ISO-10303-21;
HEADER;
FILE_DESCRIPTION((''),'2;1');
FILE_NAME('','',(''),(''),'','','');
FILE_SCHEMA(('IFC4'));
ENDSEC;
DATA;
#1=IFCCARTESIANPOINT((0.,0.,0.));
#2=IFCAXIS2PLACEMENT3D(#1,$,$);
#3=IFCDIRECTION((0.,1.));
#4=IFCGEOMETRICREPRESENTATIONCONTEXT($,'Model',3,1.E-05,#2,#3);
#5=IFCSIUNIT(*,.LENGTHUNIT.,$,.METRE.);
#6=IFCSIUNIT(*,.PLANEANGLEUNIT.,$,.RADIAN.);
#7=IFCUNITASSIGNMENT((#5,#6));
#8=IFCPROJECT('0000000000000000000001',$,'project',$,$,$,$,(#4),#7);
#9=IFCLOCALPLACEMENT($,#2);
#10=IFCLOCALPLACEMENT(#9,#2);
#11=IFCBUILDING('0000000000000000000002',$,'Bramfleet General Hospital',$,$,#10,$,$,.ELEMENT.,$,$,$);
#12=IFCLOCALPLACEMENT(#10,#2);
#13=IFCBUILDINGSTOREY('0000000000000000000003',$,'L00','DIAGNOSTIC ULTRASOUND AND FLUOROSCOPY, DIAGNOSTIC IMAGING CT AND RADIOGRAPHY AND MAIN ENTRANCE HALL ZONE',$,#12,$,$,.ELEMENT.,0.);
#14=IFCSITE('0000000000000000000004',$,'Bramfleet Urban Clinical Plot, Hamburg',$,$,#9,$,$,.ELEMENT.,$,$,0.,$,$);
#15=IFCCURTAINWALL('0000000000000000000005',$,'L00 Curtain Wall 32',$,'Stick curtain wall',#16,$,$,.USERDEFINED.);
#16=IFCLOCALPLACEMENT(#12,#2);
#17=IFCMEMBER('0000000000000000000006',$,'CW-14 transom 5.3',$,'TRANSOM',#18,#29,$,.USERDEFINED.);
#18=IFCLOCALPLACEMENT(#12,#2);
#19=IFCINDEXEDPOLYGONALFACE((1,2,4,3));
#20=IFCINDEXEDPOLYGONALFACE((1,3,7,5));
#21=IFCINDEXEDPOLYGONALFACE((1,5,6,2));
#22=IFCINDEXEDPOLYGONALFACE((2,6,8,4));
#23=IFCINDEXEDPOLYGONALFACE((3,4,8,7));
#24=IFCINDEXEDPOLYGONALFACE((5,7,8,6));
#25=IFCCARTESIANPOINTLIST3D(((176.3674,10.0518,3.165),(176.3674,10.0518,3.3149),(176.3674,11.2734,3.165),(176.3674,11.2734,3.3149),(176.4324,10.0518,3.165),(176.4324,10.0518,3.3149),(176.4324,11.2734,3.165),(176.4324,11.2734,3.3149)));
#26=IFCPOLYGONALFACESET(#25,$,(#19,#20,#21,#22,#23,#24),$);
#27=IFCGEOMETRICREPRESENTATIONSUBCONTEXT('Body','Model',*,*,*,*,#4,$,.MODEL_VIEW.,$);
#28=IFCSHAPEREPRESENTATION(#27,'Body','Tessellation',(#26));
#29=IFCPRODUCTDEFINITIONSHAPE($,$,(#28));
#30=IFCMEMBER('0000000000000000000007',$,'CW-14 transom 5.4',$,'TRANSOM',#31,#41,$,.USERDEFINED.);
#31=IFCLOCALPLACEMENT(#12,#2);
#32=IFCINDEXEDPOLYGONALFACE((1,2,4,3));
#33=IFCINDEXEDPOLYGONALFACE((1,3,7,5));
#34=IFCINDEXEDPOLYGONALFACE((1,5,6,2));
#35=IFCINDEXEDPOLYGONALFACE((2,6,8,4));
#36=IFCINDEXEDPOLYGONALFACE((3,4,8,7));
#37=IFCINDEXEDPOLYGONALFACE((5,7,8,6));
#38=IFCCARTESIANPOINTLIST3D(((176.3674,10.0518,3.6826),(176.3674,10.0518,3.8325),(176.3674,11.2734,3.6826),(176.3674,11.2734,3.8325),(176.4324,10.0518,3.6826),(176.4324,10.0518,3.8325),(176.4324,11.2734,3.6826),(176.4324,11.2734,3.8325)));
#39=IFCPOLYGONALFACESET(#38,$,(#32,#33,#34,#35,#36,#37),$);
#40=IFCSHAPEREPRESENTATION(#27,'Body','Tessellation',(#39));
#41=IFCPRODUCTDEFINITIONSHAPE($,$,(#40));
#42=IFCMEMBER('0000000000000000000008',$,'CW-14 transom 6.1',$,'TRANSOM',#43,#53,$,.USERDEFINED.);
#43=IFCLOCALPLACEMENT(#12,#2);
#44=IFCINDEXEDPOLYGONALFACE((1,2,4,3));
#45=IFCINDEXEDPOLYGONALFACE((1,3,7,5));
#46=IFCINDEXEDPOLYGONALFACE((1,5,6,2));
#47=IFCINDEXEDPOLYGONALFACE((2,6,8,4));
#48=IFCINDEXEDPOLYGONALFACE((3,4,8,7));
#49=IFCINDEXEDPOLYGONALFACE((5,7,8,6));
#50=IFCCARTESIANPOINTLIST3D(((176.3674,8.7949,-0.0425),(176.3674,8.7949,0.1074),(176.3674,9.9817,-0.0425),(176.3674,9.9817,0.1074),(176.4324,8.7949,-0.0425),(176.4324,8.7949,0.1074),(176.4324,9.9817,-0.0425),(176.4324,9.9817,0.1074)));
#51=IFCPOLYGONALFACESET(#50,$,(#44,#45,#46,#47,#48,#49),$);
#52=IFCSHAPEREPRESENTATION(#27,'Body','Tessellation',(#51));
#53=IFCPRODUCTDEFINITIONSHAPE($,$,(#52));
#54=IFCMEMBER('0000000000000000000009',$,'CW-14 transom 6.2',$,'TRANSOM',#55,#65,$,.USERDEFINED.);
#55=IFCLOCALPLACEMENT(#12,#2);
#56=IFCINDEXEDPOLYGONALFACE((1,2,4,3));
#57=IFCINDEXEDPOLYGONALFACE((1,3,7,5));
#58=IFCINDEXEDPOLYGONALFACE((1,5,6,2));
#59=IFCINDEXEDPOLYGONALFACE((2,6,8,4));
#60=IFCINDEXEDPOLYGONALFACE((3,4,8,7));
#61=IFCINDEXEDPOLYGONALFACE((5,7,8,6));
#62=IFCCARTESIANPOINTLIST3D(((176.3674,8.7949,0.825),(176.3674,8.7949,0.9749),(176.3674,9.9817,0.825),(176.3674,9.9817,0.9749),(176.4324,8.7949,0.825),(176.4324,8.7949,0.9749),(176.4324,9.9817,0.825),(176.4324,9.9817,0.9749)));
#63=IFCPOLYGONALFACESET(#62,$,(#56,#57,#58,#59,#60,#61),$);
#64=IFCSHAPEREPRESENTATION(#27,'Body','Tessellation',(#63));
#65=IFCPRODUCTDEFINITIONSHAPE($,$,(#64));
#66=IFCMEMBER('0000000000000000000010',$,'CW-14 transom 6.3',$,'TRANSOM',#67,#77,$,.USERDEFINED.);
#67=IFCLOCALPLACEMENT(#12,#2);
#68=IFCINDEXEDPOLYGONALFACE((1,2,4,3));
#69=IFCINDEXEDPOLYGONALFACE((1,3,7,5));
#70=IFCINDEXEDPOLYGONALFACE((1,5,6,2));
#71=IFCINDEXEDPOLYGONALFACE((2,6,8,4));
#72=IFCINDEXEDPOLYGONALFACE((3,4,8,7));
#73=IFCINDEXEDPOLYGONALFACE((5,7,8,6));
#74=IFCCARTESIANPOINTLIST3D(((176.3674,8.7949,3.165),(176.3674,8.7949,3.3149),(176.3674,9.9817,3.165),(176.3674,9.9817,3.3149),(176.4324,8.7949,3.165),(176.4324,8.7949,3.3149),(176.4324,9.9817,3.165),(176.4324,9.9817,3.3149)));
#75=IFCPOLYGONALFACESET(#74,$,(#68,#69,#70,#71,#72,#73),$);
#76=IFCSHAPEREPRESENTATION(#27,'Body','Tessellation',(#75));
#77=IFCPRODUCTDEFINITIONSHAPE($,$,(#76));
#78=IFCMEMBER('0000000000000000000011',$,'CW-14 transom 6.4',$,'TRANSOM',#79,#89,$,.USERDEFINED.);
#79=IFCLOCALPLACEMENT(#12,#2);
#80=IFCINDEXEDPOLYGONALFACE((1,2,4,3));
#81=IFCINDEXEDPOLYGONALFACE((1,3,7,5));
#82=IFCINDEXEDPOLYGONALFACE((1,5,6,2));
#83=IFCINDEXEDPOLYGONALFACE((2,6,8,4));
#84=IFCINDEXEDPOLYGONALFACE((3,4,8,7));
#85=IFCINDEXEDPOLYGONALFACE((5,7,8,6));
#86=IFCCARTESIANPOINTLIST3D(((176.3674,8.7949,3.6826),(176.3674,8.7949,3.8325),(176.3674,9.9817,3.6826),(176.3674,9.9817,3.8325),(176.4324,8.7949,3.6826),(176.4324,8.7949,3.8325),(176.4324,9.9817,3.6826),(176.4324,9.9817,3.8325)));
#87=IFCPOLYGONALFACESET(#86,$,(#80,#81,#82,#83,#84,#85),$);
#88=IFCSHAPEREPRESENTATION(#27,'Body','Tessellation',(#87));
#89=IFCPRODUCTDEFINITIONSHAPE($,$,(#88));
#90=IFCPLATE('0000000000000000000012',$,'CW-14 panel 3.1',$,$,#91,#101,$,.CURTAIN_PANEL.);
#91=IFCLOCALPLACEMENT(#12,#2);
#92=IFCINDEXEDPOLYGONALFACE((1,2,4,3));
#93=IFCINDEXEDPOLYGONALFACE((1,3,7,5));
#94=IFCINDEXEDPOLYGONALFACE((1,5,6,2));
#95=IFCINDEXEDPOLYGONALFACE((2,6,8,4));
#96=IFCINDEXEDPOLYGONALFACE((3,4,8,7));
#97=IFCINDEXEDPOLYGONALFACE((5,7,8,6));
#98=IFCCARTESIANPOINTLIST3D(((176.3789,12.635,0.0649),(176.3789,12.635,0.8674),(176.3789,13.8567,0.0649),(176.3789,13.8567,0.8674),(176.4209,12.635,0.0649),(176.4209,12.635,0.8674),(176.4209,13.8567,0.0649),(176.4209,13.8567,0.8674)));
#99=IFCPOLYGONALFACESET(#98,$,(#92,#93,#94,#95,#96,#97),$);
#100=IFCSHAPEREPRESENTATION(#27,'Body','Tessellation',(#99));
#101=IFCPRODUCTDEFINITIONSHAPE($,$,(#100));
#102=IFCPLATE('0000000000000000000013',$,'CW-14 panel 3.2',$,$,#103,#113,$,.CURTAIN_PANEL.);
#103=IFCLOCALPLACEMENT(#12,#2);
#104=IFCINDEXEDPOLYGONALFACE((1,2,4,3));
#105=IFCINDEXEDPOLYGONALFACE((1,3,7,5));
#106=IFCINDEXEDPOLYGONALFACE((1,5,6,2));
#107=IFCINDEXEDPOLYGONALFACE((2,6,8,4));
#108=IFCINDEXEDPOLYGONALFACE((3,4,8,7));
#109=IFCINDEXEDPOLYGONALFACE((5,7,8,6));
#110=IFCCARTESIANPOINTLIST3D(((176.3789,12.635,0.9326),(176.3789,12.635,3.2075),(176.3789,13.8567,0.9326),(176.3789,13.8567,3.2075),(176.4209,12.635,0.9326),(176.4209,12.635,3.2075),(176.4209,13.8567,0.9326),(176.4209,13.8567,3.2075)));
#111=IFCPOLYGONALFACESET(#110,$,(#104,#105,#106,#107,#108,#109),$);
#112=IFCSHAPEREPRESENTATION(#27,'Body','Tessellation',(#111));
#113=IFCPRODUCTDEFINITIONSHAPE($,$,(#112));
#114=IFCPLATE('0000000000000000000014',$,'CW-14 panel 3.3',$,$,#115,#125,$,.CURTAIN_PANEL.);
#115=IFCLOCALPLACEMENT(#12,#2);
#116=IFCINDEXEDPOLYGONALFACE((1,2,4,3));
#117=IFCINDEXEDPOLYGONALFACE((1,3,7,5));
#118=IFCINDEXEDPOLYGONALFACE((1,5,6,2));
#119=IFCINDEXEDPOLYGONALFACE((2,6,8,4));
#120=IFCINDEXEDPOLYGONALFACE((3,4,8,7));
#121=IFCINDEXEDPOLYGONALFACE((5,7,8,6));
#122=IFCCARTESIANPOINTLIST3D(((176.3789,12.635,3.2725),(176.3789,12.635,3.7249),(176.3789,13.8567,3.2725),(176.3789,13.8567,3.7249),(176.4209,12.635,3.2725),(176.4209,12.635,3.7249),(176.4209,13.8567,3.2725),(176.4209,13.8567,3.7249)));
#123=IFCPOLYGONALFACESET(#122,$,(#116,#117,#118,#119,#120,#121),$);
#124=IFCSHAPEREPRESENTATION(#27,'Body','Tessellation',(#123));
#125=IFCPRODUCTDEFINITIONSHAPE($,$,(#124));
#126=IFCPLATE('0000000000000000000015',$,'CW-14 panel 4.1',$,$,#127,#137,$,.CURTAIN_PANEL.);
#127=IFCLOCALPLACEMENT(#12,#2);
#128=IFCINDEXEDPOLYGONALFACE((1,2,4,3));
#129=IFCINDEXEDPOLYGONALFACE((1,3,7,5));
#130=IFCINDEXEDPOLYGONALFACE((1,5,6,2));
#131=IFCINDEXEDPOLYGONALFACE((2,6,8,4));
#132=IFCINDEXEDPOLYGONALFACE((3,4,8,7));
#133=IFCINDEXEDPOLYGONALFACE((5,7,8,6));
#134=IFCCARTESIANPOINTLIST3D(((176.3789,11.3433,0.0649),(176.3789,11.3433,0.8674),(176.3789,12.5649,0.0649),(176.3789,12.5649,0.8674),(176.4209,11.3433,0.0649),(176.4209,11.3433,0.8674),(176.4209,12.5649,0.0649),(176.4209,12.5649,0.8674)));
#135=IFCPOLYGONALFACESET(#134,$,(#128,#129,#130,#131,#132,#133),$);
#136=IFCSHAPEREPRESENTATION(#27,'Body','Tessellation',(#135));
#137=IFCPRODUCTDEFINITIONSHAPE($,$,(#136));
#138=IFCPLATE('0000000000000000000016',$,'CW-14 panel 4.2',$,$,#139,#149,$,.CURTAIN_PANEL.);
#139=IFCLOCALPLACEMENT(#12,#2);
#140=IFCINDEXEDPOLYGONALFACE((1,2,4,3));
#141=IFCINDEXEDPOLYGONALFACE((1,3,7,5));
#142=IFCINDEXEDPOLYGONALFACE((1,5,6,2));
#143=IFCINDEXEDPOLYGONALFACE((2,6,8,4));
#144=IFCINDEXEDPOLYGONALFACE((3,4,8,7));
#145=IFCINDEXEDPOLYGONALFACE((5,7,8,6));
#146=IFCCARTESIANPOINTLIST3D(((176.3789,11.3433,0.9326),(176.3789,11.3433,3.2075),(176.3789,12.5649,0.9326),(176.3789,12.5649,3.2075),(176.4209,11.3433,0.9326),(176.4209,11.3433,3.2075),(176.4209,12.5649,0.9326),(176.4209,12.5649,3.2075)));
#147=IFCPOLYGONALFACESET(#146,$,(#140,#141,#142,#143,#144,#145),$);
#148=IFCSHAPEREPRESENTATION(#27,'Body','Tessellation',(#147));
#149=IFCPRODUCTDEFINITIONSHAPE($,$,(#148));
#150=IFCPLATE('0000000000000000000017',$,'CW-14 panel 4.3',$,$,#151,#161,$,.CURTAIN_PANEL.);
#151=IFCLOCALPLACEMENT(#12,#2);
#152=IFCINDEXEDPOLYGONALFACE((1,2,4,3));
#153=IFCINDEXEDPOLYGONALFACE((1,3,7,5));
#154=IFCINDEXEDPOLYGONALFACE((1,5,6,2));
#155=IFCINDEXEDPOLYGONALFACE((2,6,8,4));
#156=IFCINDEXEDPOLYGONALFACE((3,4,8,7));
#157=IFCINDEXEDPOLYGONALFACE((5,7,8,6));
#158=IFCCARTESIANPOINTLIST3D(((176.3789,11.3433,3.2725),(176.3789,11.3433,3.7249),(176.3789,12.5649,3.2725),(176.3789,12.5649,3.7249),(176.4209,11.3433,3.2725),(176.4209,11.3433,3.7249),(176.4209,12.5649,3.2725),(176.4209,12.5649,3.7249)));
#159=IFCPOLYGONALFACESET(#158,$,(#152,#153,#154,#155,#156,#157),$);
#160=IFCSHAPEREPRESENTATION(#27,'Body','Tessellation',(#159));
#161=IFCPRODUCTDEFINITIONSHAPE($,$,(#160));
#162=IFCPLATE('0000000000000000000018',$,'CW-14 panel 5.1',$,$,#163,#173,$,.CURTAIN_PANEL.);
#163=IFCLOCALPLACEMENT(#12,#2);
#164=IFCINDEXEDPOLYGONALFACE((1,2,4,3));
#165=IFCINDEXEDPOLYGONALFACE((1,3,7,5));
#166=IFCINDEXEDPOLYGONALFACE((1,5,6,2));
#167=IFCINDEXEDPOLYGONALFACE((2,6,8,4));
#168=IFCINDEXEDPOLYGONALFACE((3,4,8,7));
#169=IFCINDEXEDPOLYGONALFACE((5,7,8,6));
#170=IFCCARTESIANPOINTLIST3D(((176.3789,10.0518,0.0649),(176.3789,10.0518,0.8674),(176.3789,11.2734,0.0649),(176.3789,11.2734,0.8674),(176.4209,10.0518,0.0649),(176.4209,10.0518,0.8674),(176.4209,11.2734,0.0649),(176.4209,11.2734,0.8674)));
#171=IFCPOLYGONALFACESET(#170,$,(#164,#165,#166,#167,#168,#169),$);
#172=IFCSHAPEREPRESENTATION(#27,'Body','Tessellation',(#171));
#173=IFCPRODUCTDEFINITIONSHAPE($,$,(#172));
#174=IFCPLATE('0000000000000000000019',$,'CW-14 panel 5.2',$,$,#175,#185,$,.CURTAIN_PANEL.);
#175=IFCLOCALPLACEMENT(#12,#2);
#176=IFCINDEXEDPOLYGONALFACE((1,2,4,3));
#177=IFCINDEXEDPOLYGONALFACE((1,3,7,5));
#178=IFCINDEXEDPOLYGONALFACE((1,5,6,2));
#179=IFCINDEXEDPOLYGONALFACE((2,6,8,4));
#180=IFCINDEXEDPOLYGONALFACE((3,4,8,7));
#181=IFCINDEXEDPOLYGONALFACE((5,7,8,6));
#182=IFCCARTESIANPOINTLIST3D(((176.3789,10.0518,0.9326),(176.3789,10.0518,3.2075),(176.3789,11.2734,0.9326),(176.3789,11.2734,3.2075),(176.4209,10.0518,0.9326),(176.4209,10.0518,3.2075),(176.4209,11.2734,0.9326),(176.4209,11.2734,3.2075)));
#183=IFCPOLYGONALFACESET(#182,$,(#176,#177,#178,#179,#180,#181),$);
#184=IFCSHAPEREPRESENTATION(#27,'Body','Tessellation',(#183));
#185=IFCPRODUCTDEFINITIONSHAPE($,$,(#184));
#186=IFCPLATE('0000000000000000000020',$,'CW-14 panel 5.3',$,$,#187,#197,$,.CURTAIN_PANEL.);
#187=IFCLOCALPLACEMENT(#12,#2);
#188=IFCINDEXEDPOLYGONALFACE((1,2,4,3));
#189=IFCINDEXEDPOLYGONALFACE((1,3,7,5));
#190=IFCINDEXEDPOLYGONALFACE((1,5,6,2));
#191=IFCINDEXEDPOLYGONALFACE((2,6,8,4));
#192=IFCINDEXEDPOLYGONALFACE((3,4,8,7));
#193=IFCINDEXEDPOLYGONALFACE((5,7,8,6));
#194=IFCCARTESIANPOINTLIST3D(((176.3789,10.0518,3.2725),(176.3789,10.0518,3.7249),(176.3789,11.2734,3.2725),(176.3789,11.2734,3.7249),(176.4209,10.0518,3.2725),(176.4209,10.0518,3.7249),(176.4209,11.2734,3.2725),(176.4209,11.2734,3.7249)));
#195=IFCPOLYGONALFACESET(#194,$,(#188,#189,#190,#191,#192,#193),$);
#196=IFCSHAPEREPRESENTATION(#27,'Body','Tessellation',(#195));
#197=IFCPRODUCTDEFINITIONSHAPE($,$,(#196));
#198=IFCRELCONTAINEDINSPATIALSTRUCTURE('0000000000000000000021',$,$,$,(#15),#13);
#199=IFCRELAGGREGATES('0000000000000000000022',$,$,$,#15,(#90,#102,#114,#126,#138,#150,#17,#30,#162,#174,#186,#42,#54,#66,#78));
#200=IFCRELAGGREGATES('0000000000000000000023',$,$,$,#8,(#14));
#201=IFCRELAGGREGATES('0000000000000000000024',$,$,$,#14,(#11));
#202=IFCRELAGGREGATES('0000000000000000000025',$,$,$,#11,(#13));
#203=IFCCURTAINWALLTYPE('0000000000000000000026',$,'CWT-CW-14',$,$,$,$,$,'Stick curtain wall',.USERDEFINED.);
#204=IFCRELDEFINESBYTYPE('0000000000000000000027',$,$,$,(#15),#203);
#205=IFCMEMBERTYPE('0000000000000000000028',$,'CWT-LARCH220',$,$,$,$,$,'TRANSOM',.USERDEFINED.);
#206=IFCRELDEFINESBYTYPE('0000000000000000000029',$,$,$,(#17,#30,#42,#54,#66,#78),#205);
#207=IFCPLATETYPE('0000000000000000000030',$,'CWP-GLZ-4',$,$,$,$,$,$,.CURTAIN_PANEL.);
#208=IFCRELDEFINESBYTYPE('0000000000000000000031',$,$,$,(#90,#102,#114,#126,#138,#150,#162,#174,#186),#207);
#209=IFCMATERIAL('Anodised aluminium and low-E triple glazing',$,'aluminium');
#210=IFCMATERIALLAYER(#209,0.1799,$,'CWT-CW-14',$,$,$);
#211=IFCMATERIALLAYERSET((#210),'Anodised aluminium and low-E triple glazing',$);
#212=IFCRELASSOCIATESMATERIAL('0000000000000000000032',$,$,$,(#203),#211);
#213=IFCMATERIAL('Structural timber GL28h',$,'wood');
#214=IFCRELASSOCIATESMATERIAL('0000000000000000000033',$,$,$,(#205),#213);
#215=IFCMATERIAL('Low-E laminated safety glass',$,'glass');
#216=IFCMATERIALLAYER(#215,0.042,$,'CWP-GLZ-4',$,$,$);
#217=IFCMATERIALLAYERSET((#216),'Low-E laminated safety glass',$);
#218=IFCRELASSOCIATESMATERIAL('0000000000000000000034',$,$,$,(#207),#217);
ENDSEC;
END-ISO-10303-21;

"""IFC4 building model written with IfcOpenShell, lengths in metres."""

from ifc_helpers import new_model, si_unit, direction, frame, origin, origin_2d, place, context, subcontext, project, spatial, rectangle, extrude, material, layer, layer_set, material_profile, profile_set, type_object, element, aggregate, save


model = new_model("IFC4")

# Units and contexts
model_context = context("Model", 3, precision=1e-05, world=origin(), true_north=direction((0.0, 1.0)))
body_context = subcontext(model_context, "Body", "Model", "MODEL_VIEW")
ifc_project = project(units=[si_unit("LENGTHUNIT", "METRE"), si_unit("PLANEANGLEUNIT", "RADIAN")], contexts=[model_context])

# Site, building, storey
site_placement = place(None, origin())
site = spatial("IfcSite", under=ifc_project, at=site_placement, Name="Bramfleet Urban Clinical Plot, Hamburg", CompositionType="ELEMENT", RefElevation=0.0)
building_placement = place(site_placement, origin())
building = spatial("IfcBuilding", under=site, at=building_placement, Name="Bramfleet General Hospital", CompositionType="ELEMENT")
storey_placement = place(building_placement, origin())
storey = spatial("IfcBuildingStorey", under=building, at=storey_placement, Name="L00", Description="DIAGNOSTIC ULTRASOUND AND FLUOROSCOPY, DIAGNOSTIC IMAGING CT AND RADIOGRAPHY AND MAIN ENTRANCE HALL ZONE", CompositionType="ELEMENT", Elevation=0.0)

# Curtain wall, members, plates
ifc_material_1 = material(Name="Anodised aluminium and low-E triple glazing", Category="aluminium")
ifc_layer_1 = layer(ifc_material_1, 0.1799, Name="CWT-CW-14")
ifc_layer_set_1 = layer_set([ifc_layer_1], Name="Anodised aluminium and low-E triple glazing")
curtain_wall_type = type_object("IfcCurtainWallType", Name="CWT-CW-14", ElementType="Stick curtain wall", PredefinedType="USERDEFINED", material=ifc_layer_set_1)
curtain_wall_placement = place(storey_placement, origin())
curtain_wall = element("IfcCurtainWall", 1, at=curtain_wall_placement, inside=storey, type_object=curtain_wall_type, Name="L00 Curtain Wall 32", ObjectType="Stick curtain wall", PredefinedType="USERDEFINED")
ifc_material_2 = material(Name="Structural timber GL28h", Category="wood")
ifc_material_profile_1 = material_profile(ifc_material_2, rectangle(XDim=0.0649, YDim=0.1499, at=origin_2d()), Name="LARCH 150x65")
ifc_profile_set_1 = profile_set([ifc_material_profile_1], Name="Structural timber GL28h")
member_type_1 = type_object("IfcMemberType", Name="CWT-LARCH220", ElementType="TRANSOM", PredefinedType="USERDEFINED", material=ifc_profile_set_1)
member_1_placement = place(storey_placement, frame((176.3999, 11.2734, 3.24), z_axis=(0.0, -1.0, 0.0), x_axis=(1.0, 0.0, 0.0)))
member_1 = element("IfcMember", 2, at=member_1_placement, type_object=member_type_1, Name="CW-14 transom 5.3", ObjectType="TRANSOM", PredefinedType="USERDEFINED", context=body_context, shape_type="SweptSolid", body=[
    extrude(rectangle(XDim=0.0649, YDim=0.1499, at=origin_2d()), origin(), (0.0, 0.0, 1.0), 1.2217),
])
member_2_placement = place(storey_placement, frame((176.3999, 11.2734, 3.7576), z_axis=(0.0, -1.0, 0.0), x_axis=(1.0, 0.0, 0.0)))
member_2 = element("IfcMember", 3, at=member_2_placement, type_object=member_type_1, Name="CW-14 transom 5.4", ObjectType="TRANSOM", PredefinedType="USERDEFINED", context=body_context, shape_type="SweptSolid", body=[
    extrude(rectangle(XDim=0.0649, YDim=0.1499, at=origin_2d()), origin(), (0.0, 0.0, 1.0), 1.2217),
])
member_3_placement = place(storey_placement, frame((176.3999, 9.9817, 0.0325), z_axis=(0.0, -1.0, 0.0), x_axis=(1.0, 0.0, 0.0)))
member_3 = element("IfcMember", 4, at=member_3_placement, type_object=member_type_1, Name="CW-14 transom 6.1", ObjectType="TRANSOM", PredefinedType="USERDEFINED", context=body_context, shape_type="SweptSolid", body=[
    extrude(rectangle(XDim=0.0649, YDim=0.1499, at=origin_2d()), origin(), (0.0, 0.0, 1.0), 1.1868),
])
member_4_placement = place(storey_placement, frame((176.3999, 9.9817, 0.8999), z_axis=(0.0, -1.0, 0.0), x_axis=(1.0, 0.0, 0.0)))
member_4 = element("IfcMember", 5, at=member_4_placement, type_object=member_type_1, Name="CW-14 transom 6.2", ObjectType="TRANSOM", PredefinedType="USERDEFINED", context=body_context, shape_type="SweptSolid", body=[
    extrude(rectangle(XDim=0.0649, YDim=0.1499, at=origin_2d()), origin(), (0.0, 0.0, 1.0), 1.1868),
])
member_5_placement = place(storey_placement, frame((176.3999, 9.9817, 3.24), z_axis=(0.0, -1.0, 0.0), x_axis=(1.0, 0.0, 0.0)))
member_5 = element("IfcMember", 6, at=member_5_placement, type_object=member_type_1, Name="CW-14 transom 6.3", ObjectType="TRANSOM", PredefinedType="USERDEFINED", context=body_context, shape_type="SweptSolid", body=[
    extrude(rectangle(XDim=0.0649, YDim=0.1499, at=origin_2d()), origin(), (0.0, 0.0, 1.0), 1.1868),
])
member_6_placement = place(storey_placement, frame((176.3999, 9.9817, 3.7576), z_axis=(0.0, -1.0, 0.0), x_axis=(1.0, 0.0, 0.0)))
member_6 = element("IfcMember", 7, at=member_6_placement, type_object=member_type_1, Name="CW-14 transom 6.4", ObjectType="TRANSOM", PredefinedType="USERDEFINED", context=body_context, shape_type="SweptSolid", body=[
    extrude(rectangle(XDim=0.0649, YDim=0.1499, at=origin_2d()), origin(), (0.0, 0.0, 1.0), 1.1868),
])
ifc_material_3 = material(Name="Low-E laminated safety glass", Category="glass")
ifc_layer_2 = layer(ifc_material_3, 0.042, Name="CWP-GLZ-4")
ifc_layer_set_2 = layer_set([ifc_layer_2], Name="Low-E laminated safety glass")
plate_type = type_object("IfcPlateType", Name="CWP-GLZ-4", PredefinedType="CURTAIN_PANEL", material=ifc_layer_set_2)
plate_1_placement = place(storey_placement, frame((176.3999, 13.2458, 0.0649), z_axis=(0.0, 0.0, 1.0), x_axis=(0.0, -1.0, 0.0)))
plate_1 = element("IfcPlate", 8, at=plate_1_placement, type_object=plate_type, Name="CW-14 panel 3.1", PredefinedType="CURTAIN_PANEL", context=body_context, shape_type="SweptSolid", body=[
    extrude(rectangle(XDim=1.2217, YDim=0.042, at=origin_2d()), origin(), (0.0, 0.0, 1.0), 0.8025),
])
plate_2_placement = place(storey_placement, frame((176.3999, 13.2458, 0.9326), z_axis=(0.0, 0.0, 1.0), x_axis=(0.0, -1.0, 0.0)))
plate_2 = element("IfcPlate", 9, at=plate_2_placement, type_object=plate_type, Name="CW-14 panel 3.2", PredefinedType="CURTAIN_PANEL", context=body_context, shape_type="SweptSolid", body=[
    extrude(rectangle(XDim=1.2217, YDim=0.042, at=origin_2d()), origin(), (0.0, 0.0, 1.0), 2.2749),
])
plate_3_placement = place(storey_placement, frame((176.3999, 13.2458, 3.2725), z_axis=(0.0, 0.0, 1.0), x_axis=(0.0, -1.0, 0.0)))
plate_3 = element("IfcPlate", 10, at=plate_3_placement, type_object=plate_type, Name="CW-14 panel 3.3", PredefinedType="CURTAIN_PANEL", context=body_context, shape_type="SweptSolid", body=[
    extrude(rectangle(XDim=1.2217, YDim=0.042, at=origin_2d()), origin(), (0.0, 0.0, 1.0), 0.4524),
])
plate_4_placement = place(storey_placement, frame((176.3999, 11.9541, 0.0649), z_axis=(0.0, 0.0, 1.0), x_axis=(0.0, -1.0, 0.0)))
plate_4 = element("IfcPlate", 11, at=plate_4_placement, type_object=plate_type, Name="CW-14 panel 4.1", PredefinedType="CURTAIN_PANEL", context=body_context, shape_type="SweptSolid", body=[
    extrude(rectangle(XDim=1.2217, YDim=0.042, at=origin_2d()), origin(), (0.0, 0.0, 1.0), 0.8025),
])
plate_5_placement = place(storey_placement, frame((176.3999, 11.9541, 0.9326), z_axis=(0.0, 0.0, 1.0), x_axis=(0.0, -1.0, 0.0)))
plate_5 = element("IfcPlate", 12, at=plate_5_placement, type_object=plate_type, Name="CW-14 panel 4.2", PredefinedType="CURTAIN_PANEL", context=body_context, shape_type="SweptSolid", body=[
    extrude(rectangle(XDim=1.2217, YDim=0.042, at=origin_2d()), origin(), (0.0, 0.0, 1.0), 2.2749),
])
plate_6_placement = place(storey_placement, frame((176.3999, 11.9541, 3.2725), z_axis=(0.0, 0.0, 1.0), x_axis=(0.0, -1.0, 0.0)))
plate_6 = element("IfcPlate", 13, at=plate_6_placement, type_object=plate_type, Name="CW-14 panel 4.3", PredefinedType="CURTAIN_PANEL", context=body_context, shape_type="SweptSolid", body=[
    extrude(rectangle(XDim=1.2217, YDim=0.042, at=origin_2d()), origin(), (0.0, 0.0, 1.0), 0.4524),
])
plate_7_placement = place(storey_placement, frame((176.3999, 10.6626, 0.0649), z_axis=(0.0, 0.0, 1.0), x_axis=(0.0, -1.0, 0.0)))
plate_7 = element("IfcPlate", 14, at=plate_7_placement, type_object=plate_type, Name="CW-14 panel 5.1", PredefinedType="CURTAIN_PANEL", context=body_context, shape_type="SweptSolid", body=[
    extrude(rectangle(XDim=1.2217, YDim=0.042, at=origin_2d()), origin(), (0.0, 0.0, 1.0), 0.8025),
])
plate_8_placement = place(storey_placement, frame((176.3999, 10.6626, 0.9326), z_axis=(0.0, 0.0, 1.0), x_axis=(0.0, -1.0, 0.0)))
plate_8 = element("IfcPlate", 15, at=plate_8_placement, type_object=plate_type, Name="CW-14 panel 5.2", PredefinedType="CURTAIN_PANEL", context=body_context, shape_type="SweptSolid", body=[
    extrude(rectangle(XDim=1.2217, YDim=0.042, at=origin_2d()), origin(), (0.0, 0.0, 1.0), 2.2749),
])
plate_9_placement = place(storey_placement, frame((176.3999, 10.6626, 3.2725), z_axis=(0.0, 0.0, 1.0), x_axis=(0.0, -1.0, 0.0)))
plate_9 = element("IfcPlate", 16, at=plate_9_placement, type_object=plate_type, Name="CW-14 panel 5.3", PredefinedType="CURTAIN_PANEL", context=body_context, shape_type="SweptSolid", body=[
    extrude(rectangle(XDim=1.2217, YDim=0.042, at=origin_2d()), origin(), (0.0, 0.0, 1.0), 0.4524),
])
aggregate(curtain_wall, [plate_1, plate_2, plate_3, plate_4, plate_5, plate_6, member_1, member_2, plate_7, plate_8, plate_9, member_3, member_4, member_5, member_6])

save(model, "model.ifc")
